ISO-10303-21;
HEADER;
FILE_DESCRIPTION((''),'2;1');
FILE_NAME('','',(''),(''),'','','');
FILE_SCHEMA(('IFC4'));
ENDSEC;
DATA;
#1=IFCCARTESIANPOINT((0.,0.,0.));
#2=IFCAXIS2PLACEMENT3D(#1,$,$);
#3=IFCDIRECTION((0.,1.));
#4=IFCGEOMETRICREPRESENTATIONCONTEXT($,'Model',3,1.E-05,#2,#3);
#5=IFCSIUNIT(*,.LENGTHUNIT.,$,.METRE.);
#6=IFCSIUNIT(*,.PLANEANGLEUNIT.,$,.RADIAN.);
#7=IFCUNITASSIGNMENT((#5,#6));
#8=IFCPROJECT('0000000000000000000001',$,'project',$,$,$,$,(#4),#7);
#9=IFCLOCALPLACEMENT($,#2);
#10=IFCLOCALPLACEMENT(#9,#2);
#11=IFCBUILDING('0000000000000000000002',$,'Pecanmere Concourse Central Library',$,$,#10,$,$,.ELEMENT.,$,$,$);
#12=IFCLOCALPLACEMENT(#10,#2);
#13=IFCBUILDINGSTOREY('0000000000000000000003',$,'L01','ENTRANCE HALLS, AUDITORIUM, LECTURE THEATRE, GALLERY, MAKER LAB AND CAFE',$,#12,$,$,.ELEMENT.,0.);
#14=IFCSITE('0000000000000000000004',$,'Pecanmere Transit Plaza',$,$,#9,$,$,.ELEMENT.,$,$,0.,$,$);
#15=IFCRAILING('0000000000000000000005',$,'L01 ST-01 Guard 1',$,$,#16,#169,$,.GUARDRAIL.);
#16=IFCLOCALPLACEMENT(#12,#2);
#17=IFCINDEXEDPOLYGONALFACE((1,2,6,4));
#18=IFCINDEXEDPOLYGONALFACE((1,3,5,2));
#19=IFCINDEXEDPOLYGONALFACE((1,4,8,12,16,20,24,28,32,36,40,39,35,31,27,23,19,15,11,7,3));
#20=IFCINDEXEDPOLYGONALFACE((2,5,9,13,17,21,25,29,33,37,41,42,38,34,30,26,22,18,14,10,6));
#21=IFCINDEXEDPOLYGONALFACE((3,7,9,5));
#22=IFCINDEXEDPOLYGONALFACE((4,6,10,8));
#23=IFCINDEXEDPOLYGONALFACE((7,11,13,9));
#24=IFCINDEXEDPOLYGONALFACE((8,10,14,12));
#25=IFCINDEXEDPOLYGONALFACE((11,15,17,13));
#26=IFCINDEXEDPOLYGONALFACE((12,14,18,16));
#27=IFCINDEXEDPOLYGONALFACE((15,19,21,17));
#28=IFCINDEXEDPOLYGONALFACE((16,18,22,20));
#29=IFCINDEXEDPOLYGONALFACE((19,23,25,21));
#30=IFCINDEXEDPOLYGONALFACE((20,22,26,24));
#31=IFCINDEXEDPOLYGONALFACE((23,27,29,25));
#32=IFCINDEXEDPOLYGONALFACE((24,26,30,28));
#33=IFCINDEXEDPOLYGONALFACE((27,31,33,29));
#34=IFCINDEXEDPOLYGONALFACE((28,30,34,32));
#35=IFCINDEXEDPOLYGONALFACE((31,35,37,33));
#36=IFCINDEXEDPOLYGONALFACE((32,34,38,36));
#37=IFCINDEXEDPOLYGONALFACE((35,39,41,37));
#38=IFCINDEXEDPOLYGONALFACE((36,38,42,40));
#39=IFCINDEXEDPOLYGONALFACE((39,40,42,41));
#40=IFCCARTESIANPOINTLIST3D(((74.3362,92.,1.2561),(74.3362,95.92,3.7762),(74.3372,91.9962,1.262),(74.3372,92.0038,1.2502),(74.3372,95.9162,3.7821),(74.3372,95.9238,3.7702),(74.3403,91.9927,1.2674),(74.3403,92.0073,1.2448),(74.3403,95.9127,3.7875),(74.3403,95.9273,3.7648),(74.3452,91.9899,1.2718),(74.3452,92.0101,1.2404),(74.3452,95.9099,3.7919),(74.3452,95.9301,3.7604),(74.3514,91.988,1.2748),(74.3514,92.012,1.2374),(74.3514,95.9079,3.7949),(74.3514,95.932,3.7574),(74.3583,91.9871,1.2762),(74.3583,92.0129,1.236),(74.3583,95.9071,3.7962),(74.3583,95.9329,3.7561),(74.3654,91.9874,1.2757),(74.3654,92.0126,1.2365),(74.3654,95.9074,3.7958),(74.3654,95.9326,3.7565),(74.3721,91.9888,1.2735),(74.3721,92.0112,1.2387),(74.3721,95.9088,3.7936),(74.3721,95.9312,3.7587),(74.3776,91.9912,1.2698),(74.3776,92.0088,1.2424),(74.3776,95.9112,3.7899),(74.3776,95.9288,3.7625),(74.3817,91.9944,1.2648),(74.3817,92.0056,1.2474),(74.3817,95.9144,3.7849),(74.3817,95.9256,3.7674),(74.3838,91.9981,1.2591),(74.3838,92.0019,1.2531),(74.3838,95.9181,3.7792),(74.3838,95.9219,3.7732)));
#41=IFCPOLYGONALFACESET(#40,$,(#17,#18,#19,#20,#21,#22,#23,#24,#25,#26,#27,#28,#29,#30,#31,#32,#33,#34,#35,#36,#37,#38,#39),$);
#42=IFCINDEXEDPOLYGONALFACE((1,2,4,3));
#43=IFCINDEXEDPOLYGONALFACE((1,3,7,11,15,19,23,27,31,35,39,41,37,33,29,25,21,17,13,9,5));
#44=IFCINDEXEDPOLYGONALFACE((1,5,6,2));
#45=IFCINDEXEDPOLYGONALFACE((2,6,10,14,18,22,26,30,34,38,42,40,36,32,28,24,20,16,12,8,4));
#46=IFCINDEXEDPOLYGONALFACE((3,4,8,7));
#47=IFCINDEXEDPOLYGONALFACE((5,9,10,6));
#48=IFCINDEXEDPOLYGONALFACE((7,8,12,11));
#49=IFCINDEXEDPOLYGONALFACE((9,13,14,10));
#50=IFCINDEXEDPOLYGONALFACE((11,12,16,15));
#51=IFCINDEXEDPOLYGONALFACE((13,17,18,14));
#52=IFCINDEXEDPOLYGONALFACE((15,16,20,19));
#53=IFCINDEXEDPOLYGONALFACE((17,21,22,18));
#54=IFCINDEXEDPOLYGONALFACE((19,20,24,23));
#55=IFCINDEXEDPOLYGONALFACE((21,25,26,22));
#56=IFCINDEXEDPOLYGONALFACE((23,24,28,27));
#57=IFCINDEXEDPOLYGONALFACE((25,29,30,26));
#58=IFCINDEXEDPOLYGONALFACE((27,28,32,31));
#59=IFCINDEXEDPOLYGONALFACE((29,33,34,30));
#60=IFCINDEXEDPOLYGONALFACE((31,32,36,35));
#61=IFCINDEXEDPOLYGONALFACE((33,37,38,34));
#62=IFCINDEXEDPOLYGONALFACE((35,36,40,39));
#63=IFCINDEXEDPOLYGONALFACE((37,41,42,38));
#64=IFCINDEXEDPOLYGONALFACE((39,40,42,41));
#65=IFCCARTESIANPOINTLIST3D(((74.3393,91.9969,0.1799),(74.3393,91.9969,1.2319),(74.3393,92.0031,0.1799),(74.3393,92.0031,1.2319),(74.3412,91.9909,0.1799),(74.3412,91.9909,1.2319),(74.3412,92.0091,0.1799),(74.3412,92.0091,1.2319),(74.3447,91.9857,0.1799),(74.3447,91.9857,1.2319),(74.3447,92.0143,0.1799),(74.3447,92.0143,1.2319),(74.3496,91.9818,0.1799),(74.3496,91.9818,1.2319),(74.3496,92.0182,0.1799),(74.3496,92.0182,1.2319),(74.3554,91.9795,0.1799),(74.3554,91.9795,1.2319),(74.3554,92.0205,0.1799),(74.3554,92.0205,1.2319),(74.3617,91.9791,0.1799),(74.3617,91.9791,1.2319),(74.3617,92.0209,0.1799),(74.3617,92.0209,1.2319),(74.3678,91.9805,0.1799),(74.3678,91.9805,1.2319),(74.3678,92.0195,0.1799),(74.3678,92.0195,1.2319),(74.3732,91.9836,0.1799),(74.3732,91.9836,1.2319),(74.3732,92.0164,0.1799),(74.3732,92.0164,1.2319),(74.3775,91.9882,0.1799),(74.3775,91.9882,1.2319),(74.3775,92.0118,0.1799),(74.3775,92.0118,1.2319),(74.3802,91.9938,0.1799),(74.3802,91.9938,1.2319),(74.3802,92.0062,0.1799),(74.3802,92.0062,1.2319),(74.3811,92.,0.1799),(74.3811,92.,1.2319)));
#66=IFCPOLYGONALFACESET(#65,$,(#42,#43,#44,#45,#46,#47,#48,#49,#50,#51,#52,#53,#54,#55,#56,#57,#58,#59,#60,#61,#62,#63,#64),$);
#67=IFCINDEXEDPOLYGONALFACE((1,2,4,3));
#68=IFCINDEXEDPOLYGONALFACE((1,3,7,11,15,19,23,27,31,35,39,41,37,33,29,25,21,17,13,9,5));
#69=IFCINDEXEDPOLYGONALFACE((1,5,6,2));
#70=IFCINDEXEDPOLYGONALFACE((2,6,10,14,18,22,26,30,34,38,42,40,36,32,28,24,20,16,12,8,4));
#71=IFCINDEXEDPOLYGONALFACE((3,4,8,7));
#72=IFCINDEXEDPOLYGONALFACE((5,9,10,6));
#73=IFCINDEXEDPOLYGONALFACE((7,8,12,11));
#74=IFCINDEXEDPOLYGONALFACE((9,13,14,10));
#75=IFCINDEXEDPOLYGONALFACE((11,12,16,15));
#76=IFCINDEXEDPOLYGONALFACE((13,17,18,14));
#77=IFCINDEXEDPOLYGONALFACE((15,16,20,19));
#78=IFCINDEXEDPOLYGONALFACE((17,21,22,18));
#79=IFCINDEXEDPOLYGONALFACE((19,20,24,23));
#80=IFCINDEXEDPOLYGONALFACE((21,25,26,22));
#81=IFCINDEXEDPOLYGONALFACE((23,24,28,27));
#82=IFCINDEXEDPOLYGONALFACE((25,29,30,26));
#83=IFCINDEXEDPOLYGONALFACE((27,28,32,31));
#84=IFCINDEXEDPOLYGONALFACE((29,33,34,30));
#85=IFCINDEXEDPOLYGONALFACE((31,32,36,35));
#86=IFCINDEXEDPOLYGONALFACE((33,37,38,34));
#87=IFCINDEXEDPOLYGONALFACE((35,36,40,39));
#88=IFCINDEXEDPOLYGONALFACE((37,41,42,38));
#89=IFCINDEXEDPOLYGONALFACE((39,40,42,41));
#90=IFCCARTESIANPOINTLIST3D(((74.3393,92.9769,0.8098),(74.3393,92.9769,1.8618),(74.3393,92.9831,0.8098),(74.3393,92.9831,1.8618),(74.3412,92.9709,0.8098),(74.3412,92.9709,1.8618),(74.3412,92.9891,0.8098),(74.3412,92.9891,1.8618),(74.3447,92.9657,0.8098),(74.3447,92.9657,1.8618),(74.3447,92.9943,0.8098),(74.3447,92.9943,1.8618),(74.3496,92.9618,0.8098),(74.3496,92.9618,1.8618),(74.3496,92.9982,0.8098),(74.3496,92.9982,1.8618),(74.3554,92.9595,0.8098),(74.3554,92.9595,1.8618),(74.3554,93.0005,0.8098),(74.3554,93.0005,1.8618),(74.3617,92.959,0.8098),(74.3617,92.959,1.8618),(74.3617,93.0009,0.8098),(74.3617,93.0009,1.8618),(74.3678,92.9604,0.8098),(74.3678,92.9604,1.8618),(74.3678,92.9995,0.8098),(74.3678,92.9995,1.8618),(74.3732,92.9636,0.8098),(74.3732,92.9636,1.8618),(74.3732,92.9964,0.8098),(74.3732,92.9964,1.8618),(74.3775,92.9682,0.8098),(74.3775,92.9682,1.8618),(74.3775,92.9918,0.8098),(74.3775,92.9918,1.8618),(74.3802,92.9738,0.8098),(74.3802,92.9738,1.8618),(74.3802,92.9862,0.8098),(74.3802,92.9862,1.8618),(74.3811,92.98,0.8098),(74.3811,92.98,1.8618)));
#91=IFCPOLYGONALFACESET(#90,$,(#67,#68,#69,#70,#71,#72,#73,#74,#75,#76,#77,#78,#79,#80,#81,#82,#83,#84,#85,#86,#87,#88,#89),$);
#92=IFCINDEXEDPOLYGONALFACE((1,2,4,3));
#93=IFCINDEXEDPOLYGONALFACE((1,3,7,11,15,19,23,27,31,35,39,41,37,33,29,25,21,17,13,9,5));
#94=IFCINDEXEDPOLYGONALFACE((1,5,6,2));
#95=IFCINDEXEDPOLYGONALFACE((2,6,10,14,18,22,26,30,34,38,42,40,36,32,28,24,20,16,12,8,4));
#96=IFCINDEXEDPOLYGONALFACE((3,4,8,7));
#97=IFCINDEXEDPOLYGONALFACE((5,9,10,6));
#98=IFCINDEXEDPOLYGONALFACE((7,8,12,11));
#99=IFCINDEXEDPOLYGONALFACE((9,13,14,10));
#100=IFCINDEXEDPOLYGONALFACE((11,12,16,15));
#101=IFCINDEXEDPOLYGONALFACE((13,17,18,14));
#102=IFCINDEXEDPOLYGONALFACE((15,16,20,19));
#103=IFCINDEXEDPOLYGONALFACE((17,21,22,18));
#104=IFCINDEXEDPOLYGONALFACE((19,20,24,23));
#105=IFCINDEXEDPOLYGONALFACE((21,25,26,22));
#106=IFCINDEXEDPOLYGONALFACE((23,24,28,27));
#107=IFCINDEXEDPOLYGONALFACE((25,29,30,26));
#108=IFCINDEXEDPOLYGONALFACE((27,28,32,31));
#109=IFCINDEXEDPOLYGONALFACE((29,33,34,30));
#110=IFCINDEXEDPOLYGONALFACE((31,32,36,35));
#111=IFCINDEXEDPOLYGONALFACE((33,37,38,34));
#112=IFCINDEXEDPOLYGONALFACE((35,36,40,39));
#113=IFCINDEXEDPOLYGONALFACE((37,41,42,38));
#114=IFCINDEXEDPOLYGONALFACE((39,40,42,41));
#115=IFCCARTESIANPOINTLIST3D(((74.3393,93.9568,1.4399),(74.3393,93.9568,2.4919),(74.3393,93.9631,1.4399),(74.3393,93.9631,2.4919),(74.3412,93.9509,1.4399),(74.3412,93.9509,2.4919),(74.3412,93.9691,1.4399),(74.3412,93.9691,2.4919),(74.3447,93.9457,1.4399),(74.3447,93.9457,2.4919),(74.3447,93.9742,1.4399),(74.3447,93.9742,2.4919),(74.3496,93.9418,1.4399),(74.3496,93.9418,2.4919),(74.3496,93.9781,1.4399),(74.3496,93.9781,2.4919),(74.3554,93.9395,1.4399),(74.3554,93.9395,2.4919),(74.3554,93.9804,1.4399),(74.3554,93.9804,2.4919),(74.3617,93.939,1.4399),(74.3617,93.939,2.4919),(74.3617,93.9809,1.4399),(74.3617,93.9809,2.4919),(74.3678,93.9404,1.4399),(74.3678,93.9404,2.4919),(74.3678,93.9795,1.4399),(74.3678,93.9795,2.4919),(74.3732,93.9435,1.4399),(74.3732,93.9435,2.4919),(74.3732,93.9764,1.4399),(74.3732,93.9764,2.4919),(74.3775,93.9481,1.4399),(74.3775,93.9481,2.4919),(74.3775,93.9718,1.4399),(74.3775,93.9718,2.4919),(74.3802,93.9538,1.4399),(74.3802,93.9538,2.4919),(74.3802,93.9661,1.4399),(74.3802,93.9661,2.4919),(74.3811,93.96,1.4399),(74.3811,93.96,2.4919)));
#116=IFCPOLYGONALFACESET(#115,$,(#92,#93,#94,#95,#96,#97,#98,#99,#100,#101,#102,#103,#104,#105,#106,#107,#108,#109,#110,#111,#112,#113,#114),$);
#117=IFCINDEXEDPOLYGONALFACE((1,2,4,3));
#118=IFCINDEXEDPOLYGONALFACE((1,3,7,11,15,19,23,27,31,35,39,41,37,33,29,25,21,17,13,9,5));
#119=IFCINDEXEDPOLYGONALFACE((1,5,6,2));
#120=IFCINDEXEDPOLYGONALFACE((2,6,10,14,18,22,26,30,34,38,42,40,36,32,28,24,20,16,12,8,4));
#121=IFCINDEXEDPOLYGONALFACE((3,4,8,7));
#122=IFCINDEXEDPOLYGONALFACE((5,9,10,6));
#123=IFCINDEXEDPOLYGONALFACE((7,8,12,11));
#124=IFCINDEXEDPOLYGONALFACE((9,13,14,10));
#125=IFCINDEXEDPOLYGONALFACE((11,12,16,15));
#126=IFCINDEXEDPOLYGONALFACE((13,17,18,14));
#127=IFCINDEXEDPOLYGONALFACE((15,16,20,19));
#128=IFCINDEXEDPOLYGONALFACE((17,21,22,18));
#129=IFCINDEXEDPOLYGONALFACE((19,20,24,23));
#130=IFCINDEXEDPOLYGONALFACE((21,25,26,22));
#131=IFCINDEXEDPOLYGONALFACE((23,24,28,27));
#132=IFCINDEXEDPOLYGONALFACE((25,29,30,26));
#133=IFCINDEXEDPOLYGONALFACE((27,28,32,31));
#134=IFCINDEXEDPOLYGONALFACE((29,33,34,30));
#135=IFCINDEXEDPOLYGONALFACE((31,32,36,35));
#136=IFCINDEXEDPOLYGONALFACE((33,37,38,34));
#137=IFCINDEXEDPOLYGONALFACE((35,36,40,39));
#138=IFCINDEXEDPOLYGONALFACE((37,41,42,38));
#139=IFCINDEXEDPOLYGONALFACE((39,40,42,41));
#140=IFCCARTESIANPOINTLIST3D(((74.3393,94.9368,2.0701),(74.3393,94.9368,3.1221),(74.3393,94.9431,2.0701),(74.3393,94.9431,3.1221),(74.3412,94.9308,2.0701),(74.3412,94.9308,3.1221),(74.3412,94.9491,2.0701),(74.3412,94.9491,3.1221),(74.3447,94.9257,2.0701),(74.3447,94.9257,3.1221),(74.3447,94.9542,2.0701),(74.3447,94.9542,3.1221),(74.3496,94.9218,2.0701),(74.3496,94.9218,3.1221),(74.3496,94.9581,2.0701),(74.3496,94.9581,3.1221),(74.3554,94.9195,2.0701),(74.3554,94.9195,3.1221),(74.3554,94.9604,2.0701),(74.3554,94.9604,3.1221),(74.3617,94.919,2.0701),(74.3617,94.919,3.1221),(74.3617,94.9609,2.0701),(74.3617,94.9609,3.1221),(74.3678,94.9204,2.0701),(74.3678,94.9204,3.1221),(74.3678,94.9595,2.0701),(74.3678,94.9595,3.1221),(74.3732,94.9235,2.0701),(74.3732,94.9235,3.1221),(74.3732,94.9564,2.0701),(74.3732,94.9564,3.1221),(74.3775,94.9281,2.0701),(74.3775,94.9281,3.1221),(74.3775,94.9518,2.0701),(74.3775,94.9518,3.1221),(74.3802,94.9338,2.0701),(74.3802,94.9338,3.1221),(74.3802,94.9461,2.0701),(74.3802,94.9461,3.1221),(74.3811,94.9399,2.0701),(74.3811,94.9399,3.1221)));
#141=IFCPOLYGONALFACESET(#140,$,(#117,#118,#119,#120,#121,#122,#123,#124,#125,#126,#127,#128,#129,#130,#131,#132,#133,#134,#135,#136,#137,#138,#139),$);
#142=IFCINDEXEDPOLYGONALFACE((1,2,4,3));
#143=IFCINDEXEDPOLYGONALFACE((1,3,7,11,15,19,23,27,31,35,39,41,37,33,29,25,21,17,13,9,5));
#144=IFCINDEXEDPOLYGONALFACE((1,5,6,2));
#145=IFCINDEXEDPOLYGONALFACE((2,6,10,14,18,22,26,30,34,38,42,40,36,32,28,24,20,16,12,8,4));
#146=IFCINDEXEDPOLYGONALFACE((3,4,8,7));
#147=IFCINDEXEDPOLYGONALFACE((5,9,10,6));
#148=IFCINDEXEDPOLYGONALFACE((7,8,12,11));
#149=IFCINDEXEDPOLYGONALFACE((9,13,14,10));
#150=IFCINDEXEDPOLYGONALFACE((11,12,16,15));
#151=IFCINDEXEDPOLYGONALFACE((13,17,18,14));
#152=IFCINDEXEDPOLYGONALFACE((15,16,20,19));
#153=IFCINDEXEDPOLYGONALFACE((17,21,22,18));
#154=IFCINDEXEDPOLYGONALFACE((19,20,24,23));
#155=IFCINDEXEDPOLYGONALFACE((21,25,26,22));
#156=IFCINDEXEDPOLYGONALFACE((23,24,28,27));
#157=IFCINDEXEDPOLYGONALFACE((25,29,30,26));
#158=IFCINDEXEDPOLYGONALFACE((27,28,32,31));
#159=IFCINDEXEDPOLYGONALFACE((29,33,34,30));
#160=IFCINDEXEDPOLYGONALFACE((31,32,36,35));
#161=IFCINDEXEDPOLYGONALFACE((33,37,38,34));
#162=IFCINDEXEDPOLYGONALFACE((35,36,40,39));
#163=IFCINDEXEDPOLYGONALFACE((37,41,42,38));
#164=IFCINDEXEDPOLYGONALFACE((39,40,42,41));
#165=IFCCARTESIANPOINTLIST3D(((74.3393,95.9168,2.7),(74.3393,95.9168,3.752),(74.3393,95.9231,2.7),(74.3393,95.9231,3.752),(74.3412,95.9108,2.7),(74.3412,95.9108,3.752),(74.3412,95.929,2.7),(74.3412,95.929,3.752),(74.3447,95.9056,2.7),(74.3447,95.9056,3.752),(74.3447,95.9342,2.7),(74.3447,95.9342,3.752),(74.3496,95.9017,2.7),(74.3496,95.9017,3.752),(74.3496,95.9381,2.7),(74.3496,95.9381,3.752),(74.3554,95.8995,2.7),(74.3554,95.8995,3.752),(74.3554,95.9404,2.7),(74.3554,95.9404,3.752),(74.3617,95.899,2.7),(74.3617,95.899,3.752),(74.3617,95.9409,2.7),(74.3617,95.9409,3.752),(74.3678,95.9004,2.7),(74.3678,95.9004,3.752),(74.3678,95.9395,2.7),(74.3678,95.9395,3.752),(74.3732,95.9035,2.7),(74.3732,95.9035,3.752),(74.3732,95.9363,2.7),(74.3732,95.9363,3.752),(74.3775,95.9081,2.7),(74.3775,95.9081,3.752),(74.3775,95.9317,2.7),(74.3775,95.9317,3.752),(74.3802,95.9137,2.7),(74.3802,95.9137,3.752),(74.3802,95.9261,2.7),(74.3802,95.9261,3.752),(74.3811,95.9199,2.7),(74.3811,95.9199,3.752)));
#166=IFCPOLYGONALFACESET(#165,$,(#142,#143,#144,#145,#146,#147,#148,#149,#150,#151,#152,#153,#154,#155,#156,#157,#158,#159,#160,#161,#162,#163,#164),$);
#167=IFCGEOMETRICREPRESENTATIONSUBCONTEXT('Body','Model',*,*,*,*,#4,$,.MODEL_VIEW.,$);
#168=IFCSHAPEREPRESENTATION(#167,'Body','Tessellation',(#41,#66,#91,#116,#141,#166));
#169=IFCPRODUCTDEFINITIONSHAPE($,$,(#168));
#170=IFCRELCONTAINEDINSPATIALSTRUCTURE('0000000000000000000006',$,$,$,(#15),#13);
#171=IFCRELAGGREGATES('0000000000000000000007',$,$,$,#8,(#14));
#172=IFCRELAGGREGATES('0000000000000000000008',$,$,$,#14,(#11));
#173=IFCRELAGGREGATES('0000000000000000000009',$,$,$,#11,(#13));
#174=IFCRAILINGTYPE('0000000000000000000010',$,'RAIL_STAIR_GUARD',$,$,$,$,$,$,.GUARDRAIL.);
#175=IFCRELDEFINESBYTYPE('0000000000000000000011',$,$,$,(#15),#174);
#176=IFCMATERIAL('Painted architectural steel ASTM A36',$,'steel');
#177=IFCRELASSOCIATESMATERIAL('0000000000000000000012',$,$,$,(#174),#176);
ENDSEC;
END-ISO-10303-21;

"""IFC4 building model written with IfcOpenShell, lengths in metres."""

from ifc_helpers import new_model, si_unit, direction, frame, origin, origin_2d, place, context, subcontext, project, spatial, circle, extrude, material, type_object, element, save


model = new_model("IFC4")

# Units and contexts
model_context = context("Model", 3, precision=1e-05, world=origin(), true_north=direction((0.0, 1.0)))
body_context = subcontext(model_context, "Body", "Model", "MODEL_VIEW")
ifc_project = project(units=[si_unit("LENGTHUNIT", "METRE"), si_unit("PLANEANGLEUNIT", "RADIAN")], contexts=[model_context])

# Site, building, storey
site_placement = place(None, origin())
site = spatial("IfcSite", under=ifc_project, at=site_placement, Name="Pecanmere Transit Plaza", CompositionType="ELEMENT", RefElevation=0.0)
building_placement = place(site_placement, origin())
building = spatial("IfcBuilding", under=site, at=building_placement, Name="Pecanmere Concourse Central Library", CompositionType="ELEMENT")
storey_placement = place(building_placement, origin())
storey = spatial("IfcBuildingStorey", under=building, at=storey_placement, Name="L01", Description="ENTRANCE HALLS, AUDITORIUM, LECTURE THEATRE, GALLERY, MAKER LAB AND CAFE", CompositionType="ELEMENT", Elevation=0.0)

# Railing
ifc_material_1 = material(Name="Painted architectural steel ASTM A36", Category="steel")
railing_type_1 = type_object("IfcRailingType", Name="RAIL_STAIR_GUARD", PredefinedType="GUARDRAIL", material=ifc_material_1)
railing_1_placement = place(storey_placement, frame((74.3601, 92.0, 0.1799)))
element("IfcRailing", 1, at=railing_1_placement, inside=storey, type_object=railing_type_1, Name="L01 ST-01 Guard 1", PredefinedType="GUARDRAIL", context=body_context, shape_type="SweptSolid", body=[
    extrude(circle(Radius=0.0239, at=origin_2d()), frame((0.0, 0.0, 1.0762), z_axis=(0.0, 0.841172, 0.540768), x_axis=(-1.0, 0.0, 0.0)), (0.0, 0.0, 1.0), 4.6602),
    extrude(circle(Radius=0.021, at=origin_2d()), origin(), (0.0, 0.0, 1.0), 1.052),
    extrude(circle(Radius=0.021, at=origin_2d()), frame((0.0, 0.98, 0.6299)), (0.0, 0.0, 1.0), 1.052),
    extrude(circle(Radius=0.021, at=origin_2d()), frame((0.0, 1.96, 1.26)), (0.0, 0.0, 1.0), 1.052),
    extrude(circle(Radius=0.021, at=origin_2d()), frame((0.0, 2.9399, 1.8901)), (0.0, 0.0, 1.0), 1.052),
    extrude(circle(Radius=0.021, at=origin_2d()), frame((0.0, 3.9199, 2.52)), (0.0, 0.0, 1.0), 1.052),
])

save(model, "model.ifc")
